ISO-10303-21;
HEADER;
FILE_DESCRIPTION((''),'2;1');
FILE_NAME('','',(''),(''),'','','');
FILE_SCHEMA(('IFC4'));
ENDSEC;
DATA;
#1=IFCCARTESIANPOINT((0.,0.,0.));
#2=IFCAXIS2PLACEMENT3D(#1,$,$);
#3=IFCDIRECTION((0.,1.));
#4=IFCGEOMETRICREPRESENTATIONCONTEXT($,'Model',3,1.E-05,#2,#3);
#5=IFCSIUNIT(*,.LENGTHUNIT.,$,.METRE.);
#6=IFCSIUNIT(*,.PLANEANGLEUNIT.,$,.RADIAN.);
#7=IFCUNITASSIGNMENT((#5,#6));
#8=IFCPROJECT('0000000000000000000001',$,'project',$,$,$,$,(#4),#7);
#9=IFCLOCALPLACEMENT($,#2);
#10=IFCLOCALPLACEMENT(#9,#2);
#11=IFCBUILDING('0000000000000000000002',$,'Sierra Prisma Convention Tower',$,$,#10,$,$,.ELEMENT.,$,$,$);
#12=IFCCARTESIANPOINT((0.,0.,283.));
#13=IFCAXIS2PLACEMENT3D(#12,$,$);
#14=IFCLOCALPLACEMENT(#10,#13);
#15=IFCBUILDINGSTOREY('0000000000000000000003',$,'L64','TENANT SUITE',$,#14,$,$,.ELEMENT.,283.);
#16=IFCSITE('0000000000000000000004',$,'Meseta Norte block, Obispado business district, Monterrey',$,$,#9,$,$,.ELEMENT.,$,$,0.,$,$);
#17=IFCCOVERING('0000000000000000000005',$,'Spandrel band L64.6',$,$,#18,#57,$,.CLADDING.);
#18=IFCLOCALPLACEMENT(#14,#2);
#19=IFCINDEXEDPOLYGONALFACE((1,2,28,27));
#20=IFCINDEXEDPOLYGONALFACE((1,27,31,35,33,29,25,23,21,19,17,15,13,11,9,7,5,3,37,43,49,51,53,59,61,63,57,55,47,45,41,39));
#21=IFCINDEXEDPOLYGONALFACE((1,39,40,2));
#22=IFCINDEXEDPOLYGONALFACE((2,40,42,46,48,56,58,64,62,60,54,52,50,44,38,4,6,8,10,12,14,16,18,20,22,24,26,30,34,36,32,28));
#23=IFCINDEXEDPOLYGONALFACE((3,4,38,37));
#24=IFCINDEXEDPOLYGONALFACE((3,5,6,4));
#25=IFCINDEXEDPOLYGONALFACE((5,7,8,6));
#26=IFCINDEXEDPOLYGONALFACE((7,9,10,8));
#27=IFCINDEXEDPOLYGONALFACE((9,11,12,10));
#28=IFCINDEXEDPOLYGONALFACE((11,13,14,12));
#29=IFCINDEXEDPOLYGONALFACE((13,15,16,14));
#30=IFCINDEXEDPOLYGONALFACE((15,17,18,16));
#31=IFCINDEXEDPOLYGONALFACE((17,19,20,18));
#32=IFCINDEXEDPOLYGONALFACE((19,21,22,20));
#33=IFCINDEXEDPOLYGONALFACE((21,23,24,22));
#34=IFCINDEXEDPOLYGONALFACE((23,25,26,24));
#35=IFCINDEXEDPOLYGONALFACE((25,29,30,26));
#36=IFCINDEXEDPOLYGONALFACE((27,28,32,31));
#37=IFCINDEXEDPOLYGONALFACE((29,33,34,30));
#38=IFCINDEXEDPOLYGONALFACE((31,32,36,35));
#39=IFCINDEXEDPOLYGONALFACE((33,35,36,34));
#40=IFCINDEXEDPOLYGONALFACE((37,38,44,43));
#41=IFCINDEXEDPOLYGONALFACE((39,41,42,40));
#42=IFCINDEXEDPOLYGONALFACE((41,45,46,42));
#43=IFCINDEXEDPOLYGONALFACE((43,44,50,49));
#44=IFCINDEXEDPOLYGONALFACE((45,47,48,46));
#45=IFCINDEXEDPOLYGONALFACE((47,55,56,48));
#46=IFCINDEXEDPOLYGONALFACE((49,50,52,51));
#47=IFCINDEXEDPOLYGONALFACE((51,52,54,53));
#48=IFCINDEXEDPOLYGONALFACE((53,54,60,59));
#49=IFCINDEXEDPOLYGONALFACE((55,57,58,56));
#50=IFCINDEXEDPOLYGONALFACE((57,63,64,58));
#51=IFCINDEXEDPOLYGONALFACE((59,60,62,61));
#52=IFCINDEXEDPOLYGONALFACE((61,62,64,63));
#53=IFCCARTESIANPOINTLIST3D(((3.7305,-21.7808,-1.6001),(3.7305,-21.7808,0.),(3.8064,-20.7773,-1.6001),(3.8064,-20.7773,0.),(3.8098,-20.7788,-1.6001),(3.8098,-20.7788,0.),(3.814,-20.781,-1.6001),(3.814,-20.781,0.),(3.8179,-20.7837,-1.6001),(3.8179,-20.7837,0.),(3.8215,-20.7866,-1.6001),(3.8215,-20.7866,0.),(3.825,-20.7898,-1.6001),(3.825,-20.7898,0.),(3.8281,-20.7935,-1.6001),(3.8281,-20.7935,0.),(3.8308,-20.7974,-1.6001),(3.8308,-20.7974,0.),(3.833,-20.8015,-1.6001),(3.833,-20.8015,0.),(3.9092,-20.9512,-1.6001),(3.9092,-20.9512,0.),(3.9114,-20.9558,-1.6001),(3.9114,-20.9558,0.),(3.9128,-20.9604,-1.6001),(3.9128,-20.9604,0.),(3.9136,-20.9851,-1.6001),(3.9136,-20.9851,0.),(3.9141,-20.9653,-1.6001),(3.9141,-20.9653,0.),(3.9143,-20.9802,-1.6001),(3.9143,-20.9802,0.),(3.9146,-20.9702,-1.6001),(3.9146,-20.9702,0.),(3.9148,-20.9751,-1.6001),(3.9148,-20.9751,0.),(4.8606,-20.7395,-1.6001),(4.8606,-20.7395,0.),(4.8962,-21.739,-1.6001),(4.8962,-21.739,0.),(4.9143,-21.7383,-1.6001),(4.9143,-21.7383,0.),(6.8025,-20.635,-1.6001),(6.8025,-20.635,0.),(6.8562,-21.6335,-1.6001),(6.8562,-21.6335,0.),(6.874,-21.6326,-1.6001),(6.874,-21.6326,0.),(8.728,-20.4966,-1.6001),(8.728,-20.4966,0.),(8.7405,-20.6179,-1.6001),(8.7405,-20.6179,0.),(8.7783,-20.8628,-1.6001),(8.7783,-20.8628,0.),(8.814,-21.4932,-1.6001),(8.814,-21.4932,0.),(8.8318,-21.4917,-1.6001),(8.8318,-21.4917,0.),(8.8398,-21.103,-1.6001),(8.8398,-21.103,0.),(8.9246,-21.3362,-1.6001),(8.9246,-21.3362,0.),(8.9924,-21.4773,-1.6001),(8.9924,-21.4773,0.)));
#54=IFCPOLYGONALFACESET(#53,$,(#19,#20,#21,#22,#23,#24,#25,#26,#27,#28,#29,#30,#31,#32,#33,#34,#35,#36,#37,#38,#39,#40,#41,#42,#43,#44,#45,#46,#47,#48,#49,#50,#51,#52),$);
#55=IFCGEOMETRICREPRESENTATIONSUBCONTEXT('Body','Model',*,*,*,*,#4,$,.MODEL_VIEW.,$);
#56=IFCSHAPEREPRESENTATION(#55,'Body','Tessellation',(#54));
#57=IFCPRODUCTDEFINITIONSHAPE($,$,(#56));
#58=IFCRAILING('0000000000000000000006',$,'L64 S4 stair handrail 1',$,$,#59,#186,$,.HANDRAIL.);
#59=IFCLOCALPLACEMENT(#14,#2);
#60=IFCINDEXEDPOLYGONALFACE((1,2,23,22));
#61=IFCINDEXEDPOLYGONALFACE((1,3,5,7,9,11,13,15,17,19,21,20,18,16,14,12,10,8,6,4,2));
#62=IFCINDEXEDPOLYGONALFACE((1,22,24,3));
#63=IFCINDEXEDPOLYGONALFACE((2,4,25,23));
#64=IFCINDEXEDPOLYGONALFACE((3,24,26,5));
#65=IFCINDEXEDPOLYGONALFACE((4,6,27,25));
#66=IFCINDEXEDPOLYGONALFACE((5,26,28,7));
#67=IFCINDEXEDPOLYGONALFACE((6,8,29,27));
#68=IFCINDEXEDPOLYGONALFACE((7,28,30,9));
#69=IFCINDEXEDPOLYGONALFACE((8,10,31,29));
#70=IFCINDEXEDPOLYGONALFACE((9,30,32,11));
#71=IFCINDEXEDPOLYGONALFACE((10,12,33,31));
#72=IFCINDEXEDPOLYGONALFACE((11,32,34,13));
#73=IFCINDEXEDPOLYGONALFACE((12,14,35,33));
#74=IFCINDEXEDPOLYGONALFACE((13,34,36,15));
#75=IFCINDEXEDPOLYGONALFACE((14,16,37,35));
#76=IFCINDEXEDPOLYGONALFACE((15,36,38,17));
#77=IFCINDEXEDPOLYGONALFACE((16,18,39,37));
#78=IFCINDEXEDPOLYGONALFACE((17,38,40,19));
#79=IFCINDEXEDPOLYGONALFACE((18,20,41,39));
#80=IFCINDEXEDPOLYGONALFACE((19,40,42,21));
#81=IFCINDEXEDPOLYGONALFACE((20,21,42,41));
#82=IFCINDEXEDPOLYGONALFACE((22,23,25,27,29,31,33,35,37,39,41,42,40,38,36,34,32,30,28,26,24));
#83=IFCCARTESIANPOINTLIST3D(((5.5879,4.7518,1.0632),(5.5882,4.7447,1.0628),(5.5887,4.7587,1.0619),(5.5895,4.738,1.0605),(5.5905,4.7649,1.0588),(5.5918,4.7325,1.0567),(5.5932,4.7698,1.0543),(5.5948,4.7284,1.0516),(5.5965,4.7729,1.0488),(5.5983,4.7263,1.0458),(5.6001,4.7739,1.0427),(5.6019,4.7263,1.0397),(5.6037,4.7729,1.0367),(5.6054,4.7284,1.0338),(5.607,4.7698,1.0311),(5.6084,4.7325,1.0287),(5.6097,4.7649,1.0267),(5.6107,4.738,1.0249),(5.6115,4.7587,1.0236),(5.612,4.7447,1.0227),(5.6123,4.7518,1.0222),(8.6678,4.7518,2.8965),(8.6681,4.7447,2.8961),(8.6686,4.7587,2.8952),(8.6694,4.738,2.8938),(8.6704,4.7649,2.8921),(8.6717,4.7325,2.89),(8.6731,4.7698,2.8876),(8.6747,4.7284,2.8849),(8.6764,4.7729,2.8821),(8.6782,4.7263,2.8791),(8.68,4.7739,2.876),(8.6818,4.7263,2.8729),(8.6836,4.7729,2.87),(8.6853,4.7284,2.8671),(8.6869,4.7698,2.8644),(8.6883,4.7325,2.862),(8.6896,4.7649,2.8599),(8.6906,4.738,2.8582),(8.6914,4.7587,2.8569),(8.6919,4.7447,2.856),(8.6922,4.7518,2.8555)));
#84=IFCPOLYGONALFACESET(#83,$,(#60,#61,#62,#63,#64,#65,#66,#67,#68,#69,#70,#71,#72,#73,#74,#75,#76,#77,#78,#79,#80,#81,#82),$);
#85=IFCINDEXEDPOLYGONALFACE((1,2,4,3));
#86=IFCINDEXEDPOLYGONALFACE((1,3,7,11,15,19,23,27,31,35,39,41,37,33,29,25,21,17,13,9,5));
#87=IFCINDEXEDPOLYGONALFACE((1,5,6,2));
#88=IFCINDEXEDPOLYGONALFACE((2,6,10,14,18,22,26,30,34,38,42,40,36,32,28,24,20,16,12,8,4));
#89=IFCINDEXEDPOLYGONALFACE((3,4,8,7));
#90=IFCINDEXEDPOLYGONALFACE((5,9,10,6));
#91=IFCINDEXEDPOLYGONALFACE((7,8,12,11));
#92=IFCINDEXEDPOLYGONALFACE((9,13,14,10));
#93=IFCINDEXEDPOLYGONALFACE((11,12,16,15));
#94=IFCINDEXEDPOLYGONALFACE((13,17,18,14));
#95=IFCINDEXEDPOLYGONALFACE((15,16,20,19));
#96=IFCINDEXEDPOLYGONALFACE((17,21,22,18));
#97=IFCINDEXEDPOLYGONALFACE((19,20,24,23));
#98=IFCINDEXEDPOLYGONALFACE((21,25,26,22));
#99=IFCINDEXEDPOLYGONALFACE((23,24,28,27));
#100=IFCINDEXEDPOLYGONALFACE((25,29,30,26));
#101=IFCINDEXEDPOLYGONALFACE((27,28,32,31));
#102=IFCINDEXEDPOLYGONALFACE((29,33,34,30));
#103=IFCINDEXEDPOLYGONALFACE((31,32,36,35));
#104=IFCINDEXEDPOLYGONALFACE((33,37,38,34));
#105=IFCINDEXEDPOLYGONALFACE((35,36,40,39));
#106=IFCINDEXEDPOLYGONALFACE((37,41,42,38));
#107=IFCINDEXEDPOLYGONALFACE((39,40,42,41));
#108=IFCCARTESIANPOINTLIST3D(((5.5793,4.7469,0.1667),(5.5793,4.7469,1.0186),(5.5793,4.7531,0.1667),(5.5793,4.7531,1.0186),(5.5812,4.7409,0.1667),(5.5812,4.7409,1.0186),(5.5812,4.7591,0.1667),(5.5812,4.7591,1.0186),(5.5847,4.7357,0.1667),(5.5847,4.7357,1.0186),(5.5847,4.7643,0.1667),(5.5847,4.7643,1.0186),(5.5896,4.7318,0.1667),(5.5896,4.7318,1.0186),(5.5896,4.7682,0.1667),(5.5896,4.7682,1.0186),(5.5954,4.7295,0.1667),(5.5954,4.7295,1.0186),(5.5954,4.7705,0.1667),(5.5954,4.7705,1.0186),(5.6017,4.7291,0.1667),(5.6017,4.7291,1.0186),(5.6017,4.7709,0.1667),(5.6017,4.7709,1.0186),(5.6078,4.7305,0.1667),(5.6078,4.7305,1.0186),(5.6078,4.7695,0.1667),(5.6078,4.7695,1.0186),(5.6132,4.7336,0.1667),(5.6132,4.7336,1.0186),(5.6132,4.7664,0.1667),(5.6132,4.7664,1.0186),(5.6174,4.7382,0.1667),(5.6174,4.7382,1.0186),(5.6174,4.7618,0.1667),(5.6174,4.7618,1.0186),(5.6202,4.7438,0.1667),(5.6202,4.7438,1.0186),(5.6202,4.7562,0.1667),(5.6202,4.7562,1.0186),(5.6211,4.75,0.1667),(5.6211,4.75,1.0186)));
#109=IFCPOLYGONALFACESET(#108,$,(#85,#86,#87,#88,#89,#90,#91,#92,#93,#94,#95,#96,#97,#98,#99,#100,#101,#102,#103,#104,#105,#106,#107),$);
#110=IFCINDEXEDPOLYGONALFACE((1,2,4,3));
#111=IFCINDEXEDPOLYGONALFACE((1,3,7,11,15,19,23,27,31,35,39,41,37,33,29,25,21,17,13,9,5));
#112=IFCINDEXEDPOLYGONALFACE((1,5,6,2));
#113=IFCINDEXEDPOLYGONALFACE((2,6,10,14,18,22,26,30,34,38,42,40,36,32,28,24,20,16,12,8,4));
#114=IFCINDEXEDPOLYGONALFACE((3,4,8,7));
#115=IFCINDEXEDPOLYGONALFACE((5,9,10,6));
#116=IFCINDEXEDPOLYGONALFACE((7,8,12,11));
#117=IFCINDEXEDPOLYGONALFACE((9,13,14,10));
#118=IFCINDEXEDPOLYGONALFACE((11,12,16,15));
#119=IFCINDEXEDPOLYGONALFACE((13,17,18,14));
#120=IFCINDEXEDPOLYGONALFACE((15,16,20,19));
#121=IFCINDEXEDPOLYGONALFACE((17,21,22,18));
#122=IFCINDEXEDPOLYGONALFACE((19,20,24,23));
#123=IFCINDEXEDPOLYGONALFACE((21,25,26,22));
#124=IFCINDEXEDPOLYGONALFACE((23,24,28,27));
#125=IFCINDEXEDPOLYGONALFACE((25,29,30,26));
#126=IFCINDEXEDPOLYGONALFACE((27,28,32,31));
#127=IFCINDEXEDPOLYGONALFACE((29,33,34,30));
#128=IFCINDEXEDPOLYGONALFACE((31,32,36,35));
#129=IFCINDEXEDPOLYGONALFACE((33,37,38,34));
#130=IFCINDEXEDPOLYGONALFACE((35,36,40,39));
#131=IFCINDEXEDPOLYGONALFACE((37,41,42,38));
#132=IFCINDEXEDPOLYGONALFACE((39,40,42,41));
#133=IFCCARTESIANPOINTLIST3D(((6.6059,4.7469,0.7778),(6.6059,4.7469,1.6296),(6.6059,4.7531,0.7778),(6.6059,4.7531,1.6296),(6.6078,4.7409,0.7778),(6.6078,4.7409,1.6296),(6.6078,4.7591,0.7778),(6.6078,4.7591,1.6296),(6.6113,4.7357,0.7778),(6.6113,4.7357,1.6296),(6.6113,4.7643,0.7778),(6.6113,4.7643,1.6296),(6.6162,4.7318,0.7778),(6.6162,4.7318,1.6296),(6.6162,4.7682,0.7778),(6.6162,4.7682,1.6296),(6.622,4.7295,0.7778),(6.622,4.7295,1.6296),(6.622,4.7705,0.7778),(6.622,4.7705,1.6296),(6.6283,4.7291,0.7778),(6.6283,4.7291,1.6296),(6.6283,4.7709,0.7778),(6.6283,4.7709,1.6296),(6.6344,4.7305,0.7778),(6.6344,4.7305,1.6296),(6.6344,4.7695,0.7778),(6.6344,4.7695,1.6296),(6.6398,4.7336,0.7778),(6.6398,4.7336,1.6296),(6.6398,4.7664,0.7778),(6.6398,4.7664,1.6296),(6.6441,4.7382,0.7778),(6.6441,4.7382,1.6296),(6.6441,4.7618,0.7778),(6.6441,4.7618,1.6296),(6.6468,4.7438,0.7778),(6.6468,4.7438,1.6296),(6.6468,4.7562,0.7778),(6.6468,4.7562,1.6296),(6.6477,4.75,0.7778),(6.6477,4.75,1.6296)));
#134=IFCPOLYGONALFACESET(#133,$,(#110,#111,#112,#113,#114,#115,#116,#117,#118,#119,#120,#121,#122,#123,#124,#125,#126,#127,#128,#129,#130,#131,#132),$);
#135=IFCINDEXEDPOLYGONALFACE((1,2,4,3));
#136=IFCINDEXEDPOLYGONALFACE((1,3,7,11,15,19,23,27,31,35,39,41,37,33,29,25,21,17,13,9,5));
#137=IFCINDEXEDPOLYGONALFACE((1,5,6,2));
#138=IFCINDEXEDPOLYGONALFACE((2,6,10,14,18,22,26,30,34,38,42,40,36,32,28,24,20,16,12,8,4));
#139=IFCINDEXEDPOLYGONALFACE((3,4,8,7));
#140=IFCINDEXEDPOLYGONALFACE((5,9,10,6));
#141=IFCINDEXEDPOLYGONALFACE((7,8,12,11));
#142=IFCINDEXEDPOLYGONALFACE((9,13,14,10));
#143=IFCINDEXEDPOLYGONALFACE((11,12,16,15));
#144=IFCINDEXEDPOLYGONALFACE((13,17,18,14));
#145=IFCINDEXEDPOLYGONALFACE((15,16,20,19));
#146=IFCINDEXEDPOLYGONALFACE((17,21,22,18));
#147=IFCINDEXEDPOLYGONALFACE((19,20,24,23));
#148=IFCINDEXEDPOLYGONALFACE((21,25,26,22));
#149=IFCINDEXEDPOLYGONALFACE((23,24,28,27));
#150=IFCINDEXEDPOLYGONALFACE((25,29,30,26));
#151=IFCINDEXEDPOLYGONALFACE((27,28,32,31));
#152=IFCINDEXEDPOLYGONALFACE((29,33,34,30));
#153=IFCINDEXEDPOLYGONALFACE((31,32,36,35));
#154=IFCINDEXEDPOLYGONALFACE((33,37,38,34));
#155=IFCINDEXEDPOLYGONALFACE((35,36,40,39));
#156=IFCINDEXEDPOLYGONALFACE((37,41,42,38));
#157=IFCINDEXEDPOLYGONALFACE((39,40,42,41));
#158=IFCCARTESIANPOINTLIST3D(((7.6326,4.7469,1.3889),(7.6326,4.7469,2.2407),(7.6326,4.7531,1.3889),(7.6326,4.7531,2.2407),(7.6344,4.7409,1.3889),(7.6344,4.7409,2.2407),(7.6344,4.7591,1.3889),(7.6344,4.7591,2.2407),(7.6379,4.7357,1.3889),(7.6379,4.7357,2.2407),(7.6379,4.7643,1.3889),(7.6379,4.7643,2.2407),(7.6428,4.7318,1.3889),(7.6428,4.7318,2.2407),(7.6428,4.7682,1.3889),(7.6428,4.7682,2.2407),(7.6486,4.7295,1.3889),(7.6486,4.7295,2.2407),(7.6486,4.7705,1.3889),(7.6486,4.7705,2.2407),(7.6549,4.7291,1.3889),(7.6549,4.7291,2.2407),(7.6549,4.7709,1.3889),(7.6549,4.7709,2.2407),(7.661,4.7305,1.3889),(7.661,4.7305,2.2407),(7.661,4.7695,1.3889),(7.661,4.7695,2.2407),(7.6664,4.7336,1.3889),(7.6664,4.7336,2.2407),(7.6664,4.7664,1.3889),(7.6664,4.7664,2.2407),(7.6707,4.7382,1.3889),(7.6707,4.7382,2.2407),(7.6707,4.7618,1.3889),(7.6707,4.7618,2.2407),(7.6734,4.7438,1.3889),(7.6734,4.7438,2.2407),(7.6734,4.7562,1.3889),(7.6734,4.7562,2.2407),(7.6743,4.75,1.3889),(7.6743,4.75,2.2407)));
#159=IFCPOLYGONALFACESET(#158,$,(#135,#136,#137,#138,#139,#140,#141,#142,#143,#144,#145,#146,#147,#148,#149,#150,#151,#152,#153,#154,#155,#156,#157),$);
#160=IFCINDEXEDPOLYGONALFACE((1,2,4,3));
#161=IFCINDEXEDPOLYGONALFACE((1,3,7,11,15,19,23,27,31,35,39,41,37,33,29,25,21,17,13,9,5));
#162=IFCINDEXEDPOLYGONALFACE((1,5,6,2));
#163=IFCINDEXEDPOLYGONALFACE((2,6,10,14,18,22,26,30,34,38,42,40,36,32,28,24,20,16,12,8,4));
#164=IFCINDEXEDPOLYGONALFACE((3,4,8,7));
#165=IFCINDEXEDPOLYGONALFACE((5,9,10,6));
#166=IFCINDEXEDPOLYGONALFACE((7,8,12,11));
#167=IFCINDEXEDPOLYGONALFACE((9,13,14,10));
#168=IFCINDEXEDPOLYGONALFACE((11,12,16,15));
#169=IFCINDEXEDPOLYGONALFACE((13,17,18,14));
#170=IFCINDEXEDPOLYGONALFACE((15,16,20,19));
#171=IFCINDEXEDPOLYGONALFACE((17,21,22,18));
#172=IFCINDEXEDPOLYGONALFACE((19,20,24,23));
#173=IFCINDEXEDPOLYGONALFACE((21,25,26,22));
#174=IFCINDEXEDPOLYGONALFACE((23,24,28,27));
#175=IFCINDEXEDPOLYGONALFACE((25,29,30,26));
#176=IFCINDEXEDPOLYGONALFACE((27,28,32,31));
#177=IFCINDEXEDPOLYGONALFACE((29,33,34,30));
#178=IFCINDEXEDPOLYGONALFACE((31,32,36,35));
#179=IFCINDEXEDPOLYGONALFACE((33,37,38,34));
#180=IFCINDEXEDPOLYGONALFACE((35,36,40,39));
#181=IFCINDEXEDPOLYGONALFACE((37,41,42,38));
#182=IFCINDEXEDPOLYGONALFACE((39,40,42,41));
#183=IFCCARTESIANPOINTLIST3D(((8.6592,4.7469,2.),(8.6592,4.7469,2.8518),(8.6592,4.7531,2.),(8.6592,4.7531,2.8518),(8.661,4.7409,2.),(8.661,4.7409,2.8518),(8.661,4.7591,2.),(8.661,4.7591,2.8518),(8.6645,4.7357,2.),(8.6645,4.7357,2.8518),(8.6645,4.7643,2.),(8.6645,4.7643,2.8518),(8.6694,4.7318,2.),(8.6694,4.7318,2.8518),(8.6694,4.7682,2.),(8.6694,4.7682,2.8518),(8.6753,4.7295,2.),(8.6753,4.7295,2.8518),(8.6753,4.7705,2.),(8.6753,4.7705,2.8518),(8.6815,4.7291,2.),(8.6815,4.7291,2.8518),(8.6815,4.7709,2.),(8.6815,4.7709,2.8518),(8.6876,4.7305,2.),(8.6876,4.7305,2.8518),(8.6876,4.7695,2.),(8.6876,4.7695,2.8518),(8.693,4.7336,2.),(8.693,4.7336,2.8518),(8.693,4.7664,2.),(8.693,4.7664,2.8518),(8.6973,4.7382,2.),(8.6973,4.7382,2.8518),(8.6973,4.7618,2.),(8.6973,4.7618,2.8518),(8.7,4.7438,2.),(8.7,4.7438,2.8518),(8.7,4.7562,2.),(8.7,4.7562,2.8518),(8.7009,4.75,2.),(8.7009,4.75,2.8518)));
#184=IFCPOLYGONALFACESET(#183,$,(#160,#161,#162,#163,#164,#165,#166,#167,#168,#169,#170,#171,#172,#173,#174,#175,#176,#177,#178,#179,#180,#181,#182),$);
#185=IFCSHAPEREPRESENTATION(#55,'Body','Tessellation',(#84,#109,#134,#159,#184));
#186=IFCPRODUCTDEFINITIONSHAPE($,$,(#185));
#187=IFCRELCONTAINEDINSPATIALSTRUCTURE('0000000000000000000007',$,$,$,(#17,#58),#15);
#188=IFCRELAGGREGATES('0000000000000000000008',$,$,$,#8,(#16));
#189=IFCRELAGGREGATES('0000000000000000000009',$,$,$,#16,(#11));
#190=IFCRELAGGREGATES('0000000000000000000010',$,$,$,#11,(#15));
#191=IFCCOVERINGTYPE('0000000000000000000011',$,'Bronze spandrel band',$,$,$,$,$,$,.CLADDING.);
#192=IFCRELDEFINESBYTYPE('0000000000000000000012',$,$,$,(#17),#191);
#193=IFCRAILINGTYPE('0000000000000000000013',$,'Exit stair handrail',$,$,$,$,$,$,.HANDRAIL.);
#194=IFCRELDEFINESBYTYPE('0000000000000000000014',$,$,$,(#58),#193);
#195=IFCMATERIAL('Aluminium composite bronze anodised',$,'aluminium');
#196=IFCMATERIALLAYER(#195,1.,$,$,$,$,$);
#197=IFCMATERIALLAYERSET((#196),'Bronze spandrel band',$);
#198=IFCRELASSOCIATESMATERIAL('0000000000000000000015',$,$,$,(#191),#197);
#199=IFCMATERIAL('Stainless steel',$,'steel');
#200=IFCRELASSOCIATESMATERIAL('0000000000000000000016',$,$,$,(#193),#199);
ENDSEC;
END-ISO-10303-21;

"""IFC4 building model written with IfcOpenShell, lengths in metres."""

from ifc_helpers import new_model, si_unit, direction, frame, origin, origin_2d, place, context, subcontext, project, spatial, polyline, circle, outline, extrude, material, layer, layer_set, type_object, element, save


model = new_model("IFC4")

# Units and contexts
model_context = context("Model", 3, precision=1e-05, world=origin(), true_north=direction((0.0, 1.0)))
body_context = subcontext(model_context, "Body", "Model", "MODEL_VIEW")
ifc_project = project(units=[si_unit("LENGTHUNIT", "METRE"), si_unit("PLANEANGLEUNIT", "RADIAN")], contexts=[model_context])

# Site, building, storey
site_placement = place(None, origin())
site = spatial("IfcSite", under=ifc_project, at=site_placement, Name="Meseta Norte block, Obispado business district, Monterrey", CompositionType="ELEMENT", RefElevation=0.0)
building_placement = place(site_placement, origin())
building = spatial("IfcBuilding", under=site, at=building_placement, Name="Sierra Prisma Convention Tower", CompositionType="ELEMENT")
storey_placement = place(building_placement, frame((0.0, 0.0, 283.0)))
storey = spatial("IfcBuildingStorey", under=building, at=storey_placement, Name="L64", Description="TENANT SUITE", CompositionType="ELEMENT", Elevation=283.0)

# Covering
ifc_material_1 = material(Name="Aluminium composite bronze anodised", Category="aluminium")
ifc_layer_1 = layer(ifc_material_1, 1.0)
ifc_layer_set_1 = layer_set([ifc_layer_1], Name="Bronze spandrel band")
covering_type_1 = type_object("IfcCoveringType", Name="Bronze spandrel band", PredefinedType="CLADDING", material=ifc_layer_set_1)
covering_1_placement = place(storey_placement, frame((0.0, 0.0, -1.6001)))
element("IfcCovering", 1, at=covering_1_placement, inside=storey, type_object=covering_type_1, Name="Spandrel band L64.6", PredefinedType="CLADDING", context=body_context, shape_type="SweptSolid", body=[
    extrude(outline(polyline([(3.9092, -20.9512), (3.833, -20.8015), (3.8308, -20.7974), (3.8281, -20.7935), (3.825, -20.7898), (3.8215, -20.7866), (3.8179, -20.7837), (3.814, -20.781), (3.8098, -20.7788), (3.8064, -20.7773), (4.8606, -20.7395), (6.8025, -20.635), (8.728, -20.4966), (8.7405, -20.6179), (8.7783, -20.8628), (8.8398, -21.103), (8.9246, -21.3362), (8.9924, -21.4773), (8.8318, -21.4917), (8.814, -21.4932), (6.874, -21.6326), (6.8562, -21.6335), (4.9143, -21.7383), (4.8962, -21.739), (3.7305, -21.7808), (3.9136, -20.9851), (3.9143, -20.9802), (3.9148, -20.9751), (3.9146, -20.9702), (3.9141, -20.9653), (3.9128, -20.9604), (3.9114, -20.9558), (3.9092, -20.9512)])), origin(), (0.0, 0.0, 1.0), 1.6001),
])

# Railing
ifc_material_2 = material(Name="Stainless steel", Category="steel")
railing_type_1 = type_object("IfcRailingType", Name="Exit stair handrail", PredefinedType="HANDRAIL", material=ifc_material_2)
railing_1_placement = place(storey_placement, frame((5.6001, 4.75, 0.1667)))
element("IfcRailing", 2, at=railing_1_placement, inside=storey, type_object=railing_type_1, Name="L64 S4 stair handrail 1", PredefinedType="HANDRAIL", context=body_context, shape_type="SweptSolid", body=[
    extrude(circle(Radius=0.0239, at=origin_2d()), frame((0.0, 0.0, 0.876), z_axis=(0.859291, 0.0, 0.511487), x_axis=(0.0, 1.0, 0.0)), (0.0, 0.0, 1.0), 3.5842),
    extrude(circle(Radius=0.021, at=origin_2d()), origin(), (0.0, 0.0, 1.0), 0.8518),
    extrude(circle(Radius=0.021, at=origin_2d()), frame((1.0266, 0.0, 0.6111)), (0.0, 0.0, 1.0), 0.8518),
    extrude(circle(Radius=0.021, at=origin_2d()), frame((2.0532, 0.0, 1.2222)), (0.0, 0.0, 1.0), 0.8518),
    extrude(circle(Radius=0.021, at=origin_2d()), frame((3.0798, 0.0, 1.8333)), (0.0, 0.0, 1.0), 0.8518),
])

save(model, "model.ifc")
